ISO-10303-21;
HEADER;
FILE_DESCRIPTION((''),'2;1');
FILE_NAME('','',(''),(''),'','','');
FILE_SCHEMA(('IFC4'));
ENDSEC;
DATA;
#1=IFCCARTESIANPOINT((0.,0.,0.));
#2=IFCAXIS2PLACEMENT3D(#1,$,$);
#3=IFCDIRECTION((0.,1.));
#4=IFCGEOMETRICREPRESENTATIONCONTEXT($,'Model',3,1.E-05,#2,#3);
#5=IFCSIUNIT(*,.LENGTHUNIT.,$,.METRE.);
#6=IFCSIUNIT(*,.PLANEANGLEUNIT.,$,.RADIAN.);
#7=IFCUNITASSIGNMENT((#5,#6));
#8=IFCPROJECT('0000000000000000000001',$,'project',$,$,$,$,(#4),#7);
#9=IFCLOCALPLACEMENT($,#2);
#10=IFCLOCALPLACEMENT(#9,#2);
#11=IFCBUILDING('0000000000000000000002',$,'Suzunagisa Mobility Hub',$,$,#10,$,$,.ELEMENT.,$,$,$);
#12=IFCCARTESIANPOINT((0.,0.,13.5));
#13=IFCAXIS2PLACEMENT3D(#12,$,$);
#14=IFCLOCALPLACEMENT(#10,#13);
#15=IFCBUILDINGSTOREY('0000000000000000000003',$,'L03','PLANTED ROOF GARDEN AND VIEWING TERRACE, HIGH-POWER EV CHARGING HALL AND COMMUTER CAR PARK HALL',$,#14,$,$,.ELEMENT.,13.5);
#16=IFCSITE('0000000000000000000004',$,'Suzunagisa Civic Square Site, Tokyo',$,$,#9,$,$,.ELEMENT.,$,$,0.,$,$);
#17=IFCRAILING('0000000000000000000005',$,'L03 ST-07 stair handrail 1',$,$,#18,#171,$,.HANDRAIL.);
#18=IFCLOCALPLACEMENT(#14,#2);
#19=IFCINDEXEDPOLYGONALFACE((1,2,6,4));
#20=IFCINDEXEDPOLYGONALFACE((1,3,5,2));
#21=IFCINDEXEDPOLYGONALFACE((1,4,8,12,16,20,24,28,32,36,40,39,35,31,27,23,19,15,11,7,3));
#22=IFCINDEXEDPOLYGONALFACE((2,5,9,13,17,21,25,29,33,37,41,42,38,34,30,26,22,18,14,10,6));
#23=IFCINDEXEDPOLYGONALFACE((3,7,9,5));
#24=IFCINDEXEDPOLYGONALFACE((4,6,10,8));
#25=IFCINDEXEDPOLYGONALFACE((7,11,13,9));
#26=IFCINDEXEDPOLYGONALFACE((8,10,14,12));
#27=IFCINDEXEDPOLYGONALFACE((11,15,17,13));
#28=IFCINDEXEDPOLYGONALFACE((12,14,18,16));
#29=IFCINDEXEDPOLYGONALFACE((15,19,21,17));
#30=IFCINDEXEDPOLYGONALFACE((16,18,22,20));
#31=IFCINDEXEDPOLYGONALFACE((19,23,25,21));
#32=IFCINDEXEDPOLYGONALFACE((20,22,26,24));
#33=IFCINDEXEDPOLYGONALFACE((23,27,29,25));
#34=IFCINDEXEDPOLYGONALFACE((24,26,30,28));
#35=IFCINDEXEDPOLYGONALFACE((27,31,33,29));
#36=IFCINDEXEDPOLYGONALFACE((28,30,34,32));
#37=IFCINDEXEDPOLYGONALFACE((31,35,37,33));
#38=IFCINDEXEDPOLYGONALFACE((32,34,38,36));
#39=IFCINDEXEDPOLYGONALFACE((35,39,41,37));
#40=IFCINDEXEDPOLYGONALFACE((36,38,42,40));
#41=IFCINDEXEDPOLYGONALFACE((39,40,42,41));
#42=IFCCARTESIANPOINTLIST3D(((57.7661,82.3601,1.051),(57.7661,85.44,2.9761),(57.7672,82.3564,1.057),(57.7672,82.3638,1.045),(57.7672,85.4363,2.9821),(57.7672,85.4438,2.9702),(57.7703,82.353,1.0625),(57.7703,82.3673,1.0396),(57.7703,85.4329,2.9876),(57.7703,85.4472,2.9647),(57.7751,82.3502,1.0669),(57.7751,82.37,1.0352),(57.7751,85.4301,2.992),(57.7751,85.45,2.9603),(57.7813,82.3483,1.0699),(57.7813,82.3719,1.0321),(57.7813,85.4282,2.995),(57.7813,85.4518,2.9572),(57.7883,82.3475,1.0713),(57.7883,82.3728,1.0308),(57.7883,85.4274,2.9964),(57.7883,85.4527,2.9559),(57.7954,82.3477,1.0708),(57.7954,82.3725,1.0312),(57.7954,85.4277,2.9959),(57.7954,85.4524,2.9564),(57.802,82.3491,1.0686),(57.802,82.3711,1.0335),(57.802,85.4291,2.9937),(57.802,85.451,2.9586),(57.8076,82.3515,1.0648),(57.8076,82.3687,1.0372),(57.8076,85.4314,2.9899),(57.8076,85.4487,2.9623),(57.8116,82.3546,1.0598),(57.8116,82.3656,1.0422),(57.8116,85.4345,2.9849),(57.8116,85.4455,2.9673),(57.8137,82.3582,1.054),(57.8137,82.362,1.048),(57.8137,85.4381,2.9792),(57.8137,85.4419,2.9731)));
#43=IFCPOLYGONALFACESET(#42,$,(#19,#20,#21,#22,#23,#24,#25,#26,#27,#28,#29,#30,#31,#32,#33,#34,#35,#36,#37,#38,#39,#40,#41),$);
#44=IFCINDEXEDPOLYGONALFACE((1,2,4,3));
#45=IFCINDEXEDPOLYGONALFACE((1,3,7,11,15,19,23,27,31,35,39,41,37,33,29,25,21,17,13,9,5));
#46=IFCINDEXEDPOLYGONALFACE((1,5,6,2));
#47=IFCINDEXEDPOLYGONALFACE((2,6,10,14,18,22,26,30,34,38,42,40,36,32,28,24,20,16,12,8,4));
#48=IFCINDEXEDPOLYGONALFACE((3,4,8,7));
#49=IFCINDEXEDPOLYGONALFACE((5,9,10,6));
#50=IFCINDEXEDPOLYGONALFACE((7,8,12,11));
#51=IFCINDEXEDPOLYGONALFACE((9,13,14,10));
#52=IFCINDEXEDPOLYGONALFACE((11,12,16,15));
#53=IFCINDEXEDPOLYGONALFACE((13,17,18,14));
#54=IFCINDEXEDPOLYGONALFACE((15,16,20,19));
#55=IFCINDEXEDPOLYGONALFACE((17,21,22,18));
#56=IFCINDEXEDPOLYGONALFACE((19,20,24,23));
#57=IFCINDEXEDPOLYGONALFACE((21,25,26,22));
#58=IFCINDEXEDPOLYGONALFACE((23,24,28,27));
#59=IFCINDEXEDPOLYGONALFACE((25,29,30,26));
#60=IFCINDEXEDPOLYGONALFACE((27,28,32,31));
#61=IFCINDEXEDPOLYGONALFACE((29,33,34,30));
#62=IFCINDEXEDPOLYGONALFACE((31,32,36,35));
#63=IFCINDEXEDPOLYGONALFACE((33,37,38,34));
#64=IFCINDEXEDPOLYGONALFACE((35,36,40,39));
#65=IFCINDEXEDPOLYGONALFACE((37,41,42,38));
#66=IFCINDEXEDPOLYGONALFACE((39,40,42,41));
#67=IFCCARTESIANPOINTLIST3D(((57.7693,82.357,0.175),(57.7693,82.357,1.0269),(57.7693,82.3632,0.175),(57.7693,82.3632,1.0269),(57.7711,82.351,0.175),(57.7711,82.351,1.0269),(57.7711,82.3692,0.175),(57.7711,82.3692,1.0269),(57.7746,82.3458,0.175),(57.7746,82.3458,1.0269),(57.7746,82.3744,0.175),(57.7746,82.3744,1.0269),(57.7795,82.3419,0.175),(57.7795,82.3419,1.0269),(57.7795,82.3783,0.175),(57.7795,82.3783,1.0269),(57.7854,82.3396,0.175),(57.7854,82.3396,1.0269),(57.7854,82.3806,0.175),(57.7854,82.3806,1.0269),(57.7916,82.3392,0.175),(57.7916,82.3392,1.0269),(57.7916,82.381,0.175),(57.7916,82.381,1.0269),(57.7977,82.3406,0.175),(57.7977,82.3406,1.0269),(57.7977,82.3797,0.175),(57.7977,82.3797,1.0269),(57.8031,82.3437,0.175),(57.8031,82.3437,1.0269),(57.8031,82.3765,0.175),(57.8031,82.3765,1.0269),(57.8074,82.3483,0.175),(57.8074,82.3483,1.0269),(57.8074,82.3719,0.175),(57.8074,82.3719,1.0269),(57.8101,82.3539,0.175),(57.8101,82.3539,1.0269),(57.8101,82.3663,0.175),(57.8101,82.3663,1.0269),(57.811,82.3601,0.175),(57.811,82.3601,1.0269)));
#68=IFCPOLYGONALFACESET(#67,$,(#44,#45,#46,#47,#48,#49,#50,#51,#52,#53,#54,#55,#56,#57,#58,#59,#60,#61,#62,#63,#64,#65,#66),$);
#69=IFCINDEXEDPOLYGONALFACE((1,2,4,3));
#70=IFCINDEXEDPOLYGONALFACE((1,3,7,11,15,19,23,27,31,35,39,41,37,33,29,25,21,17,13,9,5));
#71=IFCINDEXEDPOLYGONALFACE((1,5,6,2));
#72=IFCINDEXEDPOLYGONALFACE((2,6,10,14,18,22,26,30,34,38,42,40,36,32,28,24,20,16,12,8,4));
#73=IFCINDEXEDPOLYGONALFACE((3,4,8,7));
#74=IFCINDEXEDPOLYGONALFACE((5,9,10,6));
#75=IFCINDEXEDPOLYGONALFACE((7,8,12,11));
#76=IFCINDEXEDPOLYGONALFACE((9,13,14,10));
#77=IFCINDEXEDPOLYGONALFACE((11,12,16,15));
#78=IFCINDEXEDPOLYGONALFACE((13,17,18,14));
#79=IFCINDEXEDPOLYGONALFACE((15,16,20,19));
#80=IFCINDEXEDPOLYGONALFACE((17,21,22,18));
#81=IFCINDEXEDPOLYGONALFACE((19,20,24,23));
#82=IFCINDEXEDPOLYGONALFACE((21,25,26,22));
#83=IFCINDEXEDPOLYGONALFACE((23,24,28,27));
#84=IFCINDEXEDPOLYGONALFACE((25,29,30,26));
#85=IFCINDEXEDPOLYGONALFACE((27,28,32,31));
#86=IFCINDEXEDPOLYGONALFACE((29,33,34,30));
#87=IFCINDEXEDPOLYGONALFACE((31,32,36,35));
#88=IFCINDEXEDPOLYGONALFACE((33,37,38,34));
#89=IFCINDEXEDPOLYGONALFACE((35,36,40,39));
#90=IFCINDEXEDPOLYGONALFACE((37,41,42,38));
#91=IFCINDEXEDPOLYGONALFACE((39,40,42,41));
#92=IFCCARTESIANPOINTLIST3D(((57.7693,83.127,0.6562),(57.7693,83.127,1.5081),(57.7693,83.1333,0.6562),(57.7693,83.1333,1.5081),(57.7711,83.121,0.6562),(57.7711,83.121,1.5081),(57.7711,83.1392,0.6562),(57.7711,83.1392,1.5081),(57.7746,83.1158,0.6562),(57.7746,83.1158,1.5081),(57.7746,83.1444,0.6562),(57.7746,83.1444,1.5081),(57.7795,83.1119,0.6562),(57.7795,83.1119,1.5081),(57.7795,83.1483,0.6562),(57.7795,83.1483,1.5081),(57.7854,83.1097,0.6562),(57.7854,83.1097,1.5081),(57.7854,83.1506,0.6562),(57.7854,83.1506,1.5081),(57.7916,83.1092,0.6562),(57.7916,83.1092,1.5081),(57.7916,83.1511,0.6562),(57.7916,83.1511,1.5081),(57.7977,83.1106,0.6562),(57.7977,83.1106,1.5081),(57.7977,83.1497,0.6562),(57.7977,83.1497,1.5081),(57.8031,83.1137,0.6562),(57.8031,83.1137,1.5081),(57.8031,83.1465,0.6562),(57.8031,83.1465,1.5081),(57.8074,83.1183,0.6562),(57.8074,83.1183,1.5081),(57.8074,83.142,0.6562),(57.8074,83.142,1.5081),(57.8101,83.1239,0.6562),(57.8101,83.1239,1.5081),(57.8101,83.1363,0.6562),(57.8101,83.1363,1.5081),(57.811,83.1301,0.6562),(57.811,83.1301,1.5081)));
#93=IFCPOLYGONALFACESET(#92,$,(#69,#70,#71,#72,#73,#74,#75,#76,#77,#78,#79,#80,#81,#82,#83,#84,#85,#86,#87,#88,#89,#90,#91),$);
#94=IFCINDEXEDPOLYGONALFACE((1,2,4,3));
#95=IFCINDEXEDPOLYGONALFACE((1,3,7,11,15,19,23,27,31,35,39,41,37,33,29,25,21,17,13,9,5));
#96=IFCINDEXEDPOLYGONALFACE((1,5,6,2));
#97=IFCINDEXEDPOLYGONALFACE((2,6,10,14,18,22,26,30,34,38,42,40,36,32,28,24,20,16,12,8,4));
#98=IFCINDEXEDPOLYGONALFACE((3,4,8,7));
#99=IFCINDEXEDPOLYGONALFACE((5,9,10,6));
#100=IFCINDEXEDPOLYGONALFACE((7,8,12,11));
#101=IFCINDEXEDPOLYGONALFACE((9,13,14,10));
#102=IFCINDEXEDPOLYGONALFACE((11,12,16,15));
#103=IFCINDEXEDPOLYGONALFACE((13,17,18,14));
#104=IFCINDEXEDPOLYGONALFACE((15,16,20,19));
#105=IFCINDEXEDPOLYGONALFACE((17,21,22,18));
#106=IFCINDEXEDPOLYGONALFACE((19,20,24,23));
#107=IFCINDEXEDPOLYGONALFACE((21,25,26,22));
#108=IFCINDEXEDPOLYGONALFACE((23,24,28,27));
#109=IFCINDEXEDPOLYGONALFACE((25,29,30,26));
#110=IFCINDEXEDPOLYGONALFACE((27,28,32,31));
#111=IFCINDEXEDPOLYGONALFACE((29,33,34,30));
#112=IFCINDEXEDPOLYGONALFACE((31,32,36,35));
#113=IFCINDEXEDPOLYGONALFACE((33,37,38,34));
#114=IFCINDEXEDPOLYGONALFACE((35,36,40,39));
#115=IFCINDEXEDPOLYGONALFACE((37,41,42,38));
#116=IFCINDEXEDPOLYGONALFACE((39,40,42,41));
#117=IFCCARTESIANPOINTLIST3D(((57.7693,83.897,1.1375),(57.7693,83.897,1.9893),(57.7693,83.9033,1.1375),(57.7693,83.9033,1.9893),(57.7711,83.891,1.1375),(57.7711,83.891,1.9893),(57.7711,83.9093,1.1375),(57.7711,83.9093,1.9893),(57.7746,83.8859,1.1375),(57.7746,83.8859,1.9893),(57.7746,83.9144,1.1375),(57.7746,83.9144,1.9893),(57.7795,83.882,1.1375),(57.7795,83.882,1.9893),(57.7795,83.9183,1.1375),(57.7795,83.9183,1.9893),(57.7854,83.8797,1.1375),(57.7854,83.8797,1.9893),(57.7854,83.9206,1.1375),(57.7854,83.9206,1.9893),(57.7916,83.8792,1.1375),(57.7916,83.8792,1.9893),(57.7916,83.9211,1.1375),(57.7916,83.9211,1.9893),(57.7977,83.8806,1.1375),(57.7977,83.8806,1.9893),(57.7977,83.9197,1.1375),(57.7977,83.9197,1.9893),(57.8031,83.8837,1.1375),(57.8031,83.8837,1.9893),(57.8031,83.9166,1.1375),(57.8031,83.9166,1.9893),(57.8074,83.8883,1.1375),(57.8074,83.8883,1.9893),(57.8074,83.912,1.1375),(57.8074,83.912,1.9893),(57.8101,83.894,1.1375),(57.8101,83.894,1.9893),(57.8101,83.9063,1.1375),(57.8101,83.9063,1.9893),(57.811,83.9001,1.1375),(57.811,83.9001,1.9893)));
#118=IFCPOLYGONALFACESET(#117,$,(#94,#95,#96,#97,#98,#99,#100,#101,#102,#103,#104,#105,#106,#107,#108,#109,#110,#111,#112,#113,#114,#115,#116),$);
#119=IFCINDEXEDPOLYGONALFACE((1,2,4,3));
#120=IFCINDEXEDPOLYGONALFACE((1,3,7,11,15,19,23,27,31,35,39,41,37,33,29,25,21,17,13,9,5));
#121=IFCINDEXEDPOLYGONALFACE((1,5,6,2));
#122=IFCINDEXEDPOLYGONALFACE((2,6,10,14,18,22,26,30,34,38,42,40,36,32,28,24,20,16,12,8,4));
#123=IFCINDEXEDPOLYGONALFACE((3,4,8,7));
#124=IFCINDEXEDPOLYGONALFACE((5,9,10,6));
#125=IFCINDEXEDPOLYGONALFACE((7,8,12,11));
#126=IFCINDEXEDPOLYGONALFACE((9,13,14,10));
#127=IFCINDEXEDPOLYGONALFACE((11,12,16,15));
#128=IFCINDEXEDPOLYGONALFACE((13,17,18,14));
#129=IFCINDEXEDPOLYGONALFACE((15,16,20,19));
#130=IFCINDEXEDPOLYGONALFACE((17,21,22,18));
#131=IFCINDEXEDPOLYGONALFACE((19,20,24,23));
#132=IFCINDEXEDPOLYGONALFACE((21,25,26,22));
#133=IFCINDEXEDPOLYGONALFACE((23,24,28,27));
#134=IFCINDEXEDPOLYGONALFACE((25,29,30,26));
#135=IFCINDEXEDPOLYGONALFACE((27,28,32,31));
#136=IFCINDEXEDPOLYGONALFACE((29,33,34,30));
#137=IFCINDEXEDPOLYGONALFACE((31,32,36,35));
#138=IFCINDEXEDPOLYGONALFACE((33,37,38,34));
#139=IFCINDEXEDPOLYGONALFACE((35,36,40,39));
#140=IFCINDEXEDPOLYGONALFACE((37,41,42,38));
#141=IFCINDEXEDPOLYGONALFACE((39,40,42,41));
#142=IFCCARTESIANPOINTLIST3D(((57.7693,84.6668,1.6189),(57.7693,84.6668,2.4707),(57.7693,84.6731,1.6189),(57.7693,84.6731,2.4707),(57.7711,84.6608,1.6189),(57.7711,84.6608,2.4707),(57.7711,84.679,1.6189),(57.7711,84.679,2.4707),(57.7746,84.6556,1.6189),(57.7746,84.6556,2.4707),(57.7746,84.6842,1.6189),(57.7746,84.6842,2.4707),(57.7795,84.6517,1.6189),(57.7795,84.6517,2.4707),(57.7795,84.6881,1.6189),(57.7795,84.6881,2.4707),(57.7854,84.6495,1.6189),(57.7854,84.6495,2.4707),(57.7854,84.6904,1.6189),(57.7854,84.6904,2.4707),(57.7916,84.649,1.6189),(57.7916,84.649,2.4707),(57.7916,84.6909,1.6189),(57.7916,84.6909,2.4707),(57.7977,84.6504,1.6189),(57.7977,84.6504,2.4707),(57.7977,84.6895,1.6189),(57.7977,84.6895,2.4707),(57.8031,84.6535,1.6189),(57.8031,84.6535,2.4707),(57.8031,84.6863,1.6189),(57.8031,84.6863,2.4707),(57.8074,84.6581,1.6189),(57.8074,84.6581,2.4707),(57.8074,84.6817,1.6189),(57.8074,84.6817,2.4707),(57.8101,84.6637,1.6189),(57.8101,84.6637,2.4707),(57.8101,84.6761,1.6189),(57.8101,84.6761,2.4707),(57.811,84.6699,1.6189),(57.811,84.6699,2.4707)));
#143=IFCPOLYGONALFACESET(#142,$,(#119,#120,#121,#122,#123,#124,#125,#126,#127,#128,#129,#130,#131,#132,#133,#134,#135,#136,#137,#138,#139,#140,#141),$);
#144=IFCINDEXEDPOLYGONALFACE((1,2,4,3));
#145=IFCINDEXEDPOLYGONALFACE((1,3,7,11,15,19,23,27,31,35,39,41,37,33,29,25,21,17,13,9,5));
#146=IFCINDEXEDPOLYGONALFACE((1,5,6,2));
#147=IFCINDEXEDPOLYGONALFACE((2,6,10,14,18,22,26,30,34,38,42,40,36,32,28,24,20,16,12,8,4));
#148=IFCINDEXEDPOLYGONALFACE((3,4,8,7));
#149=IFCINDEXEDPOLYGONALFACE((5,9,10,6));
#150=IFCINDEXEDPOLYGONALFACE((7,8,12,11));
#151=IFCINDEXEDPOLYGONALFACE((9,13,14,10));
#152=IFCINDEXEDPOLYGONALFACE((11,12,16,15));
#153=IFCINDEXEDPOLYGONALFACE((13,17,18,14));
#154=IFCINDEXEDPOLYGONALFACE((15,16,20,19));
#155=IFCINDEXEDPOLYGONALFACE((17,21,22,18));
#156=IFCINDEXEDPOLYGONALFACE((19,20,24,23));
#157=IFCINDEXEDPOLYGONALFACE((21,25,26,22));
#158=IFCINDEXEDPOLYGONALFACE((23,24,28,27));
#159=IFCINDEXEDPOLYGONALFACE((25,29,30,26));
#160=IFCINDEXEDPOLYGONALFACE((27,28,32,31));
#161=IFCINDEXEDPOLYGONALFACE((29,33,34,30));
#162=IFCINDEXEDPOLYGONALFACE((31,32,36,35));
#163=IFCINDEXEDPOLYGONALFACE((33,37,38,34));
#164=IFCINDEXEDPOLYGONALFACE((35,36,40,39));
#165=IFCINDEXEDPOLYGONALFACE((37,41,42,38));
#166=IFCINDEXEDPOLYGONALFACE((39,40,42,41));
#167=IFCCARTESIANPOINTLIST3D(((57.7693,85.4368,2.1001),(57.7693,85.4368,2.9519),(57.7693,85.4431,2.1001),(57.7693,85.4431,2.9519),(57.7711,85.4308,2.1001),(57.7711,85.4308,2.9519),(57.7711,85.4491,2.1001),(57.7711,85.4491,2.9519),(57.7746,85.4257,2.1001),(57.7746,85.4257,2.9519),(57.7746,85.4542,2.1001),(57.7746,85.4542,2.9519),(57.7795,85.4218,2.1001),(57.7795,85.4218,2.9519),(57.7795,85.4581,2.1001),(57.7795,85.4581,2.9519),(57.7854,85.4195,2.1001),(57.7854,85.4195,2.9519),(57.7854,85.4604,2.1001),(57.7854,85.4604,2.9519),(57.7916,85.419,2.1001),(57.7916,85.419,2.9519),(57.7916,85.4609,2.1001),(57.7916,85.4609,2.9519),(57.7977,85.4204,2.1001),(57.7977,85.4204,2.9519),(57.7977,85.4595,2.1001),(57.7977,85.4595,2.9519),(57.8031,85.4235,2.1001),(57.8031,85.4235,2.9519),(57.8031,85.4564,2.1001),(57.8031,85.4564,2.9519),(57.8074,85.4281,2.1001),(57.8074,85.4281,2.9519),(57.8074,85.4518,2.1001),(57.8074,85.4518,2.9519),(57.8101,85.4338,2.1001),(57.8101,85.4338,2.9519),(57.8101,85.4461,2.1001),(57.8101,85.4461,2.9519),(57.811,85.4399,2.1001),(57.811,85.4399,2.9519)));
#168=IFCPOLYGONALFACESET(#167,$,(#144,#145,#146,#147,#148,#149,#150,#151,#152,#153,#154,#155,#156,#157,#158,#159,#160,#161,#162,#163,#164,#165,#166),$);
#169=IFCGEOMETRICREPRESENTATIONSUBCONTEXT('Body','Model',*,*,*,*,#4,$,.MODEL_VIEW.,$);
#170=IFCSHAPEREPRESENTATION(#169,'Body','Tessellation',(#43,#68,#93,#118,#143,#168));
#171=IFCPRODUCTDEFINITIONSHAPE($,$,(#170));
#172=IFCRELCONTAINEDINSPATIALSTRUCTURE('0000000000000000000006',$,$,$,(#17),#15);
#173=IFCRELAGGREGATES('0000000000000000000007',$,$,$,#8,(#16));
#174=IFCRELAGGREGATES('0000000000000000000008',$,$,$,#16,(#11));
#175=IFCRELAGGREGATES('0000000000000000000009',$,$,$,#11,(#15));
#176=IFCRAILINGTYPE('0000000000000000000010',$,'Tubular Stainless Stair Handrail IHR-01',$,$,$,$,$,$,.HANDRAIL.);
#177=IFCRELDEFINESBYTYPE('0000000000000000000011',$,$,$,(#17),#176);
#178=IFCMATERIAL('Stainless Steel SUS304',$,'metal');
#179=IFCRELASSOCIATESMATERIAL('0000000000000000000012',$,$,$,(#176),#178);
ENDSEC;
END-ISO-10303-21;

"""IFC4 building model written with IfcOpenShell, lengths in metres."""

from ifc_helpers import new_model, si_unit, direction, frame, origin, origin_2d, place, context, subcontext, project, spatial, circle, extrude, material, type_object, element, save


model = new_model("IFC4")

# Units and contexts
model_context = context("Model", 3, precision=1e-05, world=origin(), true_north=direction((0.0, 1.0)))
body_context = subcontext(model_context, "Body", "Model", "MODEL_VIEW")
ifc_project = project(units=[si_unit("LENGTHUNIT", "METRE"), si_unit("PLANEANGLEUNIT", "RADIAN")], contexts=[model_context])

# Site, building, storey
site_placement = place(None, origin())
site = spatial("IfcSite", under=ifc_project, at=site_placement, Name="Suzunagisa Civic Square Site, Tokyo", CompositionType="ELEMENT", RefElevation=0.0)
building_placement = place(site_placement, origin())
building = spatial("IfcBuilding", under=site, at=building_placement, Name="Suzunagisa Mobility Hub", CompositionType="ELEMENT")
storey_placement = place(building_placement, frame((0.0, 0.0, 13.5)))
storey = spatial("IfcBuildingStorey", under=building, at=storey_placement, Name="L03", Description="PLANTED ROOF GARDEN AND VIEWING TERRACE, HIGH-POWER EV CHARGING HALL AND COMMUTER CAR PARK HALL", CompositionType="ELEMENT", Elevation=13.5)

# Shared definitions
ifc_material_1 = material(Name="Stainless Steel SUS304", Category="metal")

# Railing
railing_type_1 = type_object("IfcRailingType", Name="Tubular Stainless Stair Handrail IHR-01", PredefinedType="HANDRAIL", material=ifc_material_1)
railing_1_placement = place(storey_placement, frame((57.79, 82.3601, 0.175)))
element("IfcRailing", 1, at=railing_1_placement, inside=storey, type_object=railing_type_1, Name="L03 ST-07 stair handrail 1", PredefinedType="HANDRAIL", context=body_context, shape_type="SweptSolid", body=[
    extrude(circle(Radius=0.0239, at=origin_2d()), frame((0.0, 0.0, 0.876), z_axis=(0.0, 0.847979, 0.530029), x_axis=(-1.0, 0.0, 0.0)), (0.0, 0.0, 1.0), 3.6321),
    extrude(circle(Radius=0.021, at=origin_2d()), origin(), (0.0, 0.0, 1.0), 0.8518),
    extrude(circle(Radius=0.021, at=origin_2d()), frame((0.0, 0.77, 0.4812)), (0.0, 0.0, 1.0), 0.8518),
    extrude(circle(Radius=0.021, at=origin_2d()), frame((0.0, 1.54, 0.9624)), (0.0, 0.0, 1.0), 0.8518),
    extrude(circle(Radius=0.021, at=origin_2d()), frame((0.0, 2.3098, 1.4438)), (0.0, 0.0, 1.0), 0.8518),
    extrude(circle(Radius=0.021, at=origin_2d()), frame((0.0, 3.0798, 1.925)), (0.0, 0.0, 1.0), 0.8518),
])

save(model, "model.ifc")
